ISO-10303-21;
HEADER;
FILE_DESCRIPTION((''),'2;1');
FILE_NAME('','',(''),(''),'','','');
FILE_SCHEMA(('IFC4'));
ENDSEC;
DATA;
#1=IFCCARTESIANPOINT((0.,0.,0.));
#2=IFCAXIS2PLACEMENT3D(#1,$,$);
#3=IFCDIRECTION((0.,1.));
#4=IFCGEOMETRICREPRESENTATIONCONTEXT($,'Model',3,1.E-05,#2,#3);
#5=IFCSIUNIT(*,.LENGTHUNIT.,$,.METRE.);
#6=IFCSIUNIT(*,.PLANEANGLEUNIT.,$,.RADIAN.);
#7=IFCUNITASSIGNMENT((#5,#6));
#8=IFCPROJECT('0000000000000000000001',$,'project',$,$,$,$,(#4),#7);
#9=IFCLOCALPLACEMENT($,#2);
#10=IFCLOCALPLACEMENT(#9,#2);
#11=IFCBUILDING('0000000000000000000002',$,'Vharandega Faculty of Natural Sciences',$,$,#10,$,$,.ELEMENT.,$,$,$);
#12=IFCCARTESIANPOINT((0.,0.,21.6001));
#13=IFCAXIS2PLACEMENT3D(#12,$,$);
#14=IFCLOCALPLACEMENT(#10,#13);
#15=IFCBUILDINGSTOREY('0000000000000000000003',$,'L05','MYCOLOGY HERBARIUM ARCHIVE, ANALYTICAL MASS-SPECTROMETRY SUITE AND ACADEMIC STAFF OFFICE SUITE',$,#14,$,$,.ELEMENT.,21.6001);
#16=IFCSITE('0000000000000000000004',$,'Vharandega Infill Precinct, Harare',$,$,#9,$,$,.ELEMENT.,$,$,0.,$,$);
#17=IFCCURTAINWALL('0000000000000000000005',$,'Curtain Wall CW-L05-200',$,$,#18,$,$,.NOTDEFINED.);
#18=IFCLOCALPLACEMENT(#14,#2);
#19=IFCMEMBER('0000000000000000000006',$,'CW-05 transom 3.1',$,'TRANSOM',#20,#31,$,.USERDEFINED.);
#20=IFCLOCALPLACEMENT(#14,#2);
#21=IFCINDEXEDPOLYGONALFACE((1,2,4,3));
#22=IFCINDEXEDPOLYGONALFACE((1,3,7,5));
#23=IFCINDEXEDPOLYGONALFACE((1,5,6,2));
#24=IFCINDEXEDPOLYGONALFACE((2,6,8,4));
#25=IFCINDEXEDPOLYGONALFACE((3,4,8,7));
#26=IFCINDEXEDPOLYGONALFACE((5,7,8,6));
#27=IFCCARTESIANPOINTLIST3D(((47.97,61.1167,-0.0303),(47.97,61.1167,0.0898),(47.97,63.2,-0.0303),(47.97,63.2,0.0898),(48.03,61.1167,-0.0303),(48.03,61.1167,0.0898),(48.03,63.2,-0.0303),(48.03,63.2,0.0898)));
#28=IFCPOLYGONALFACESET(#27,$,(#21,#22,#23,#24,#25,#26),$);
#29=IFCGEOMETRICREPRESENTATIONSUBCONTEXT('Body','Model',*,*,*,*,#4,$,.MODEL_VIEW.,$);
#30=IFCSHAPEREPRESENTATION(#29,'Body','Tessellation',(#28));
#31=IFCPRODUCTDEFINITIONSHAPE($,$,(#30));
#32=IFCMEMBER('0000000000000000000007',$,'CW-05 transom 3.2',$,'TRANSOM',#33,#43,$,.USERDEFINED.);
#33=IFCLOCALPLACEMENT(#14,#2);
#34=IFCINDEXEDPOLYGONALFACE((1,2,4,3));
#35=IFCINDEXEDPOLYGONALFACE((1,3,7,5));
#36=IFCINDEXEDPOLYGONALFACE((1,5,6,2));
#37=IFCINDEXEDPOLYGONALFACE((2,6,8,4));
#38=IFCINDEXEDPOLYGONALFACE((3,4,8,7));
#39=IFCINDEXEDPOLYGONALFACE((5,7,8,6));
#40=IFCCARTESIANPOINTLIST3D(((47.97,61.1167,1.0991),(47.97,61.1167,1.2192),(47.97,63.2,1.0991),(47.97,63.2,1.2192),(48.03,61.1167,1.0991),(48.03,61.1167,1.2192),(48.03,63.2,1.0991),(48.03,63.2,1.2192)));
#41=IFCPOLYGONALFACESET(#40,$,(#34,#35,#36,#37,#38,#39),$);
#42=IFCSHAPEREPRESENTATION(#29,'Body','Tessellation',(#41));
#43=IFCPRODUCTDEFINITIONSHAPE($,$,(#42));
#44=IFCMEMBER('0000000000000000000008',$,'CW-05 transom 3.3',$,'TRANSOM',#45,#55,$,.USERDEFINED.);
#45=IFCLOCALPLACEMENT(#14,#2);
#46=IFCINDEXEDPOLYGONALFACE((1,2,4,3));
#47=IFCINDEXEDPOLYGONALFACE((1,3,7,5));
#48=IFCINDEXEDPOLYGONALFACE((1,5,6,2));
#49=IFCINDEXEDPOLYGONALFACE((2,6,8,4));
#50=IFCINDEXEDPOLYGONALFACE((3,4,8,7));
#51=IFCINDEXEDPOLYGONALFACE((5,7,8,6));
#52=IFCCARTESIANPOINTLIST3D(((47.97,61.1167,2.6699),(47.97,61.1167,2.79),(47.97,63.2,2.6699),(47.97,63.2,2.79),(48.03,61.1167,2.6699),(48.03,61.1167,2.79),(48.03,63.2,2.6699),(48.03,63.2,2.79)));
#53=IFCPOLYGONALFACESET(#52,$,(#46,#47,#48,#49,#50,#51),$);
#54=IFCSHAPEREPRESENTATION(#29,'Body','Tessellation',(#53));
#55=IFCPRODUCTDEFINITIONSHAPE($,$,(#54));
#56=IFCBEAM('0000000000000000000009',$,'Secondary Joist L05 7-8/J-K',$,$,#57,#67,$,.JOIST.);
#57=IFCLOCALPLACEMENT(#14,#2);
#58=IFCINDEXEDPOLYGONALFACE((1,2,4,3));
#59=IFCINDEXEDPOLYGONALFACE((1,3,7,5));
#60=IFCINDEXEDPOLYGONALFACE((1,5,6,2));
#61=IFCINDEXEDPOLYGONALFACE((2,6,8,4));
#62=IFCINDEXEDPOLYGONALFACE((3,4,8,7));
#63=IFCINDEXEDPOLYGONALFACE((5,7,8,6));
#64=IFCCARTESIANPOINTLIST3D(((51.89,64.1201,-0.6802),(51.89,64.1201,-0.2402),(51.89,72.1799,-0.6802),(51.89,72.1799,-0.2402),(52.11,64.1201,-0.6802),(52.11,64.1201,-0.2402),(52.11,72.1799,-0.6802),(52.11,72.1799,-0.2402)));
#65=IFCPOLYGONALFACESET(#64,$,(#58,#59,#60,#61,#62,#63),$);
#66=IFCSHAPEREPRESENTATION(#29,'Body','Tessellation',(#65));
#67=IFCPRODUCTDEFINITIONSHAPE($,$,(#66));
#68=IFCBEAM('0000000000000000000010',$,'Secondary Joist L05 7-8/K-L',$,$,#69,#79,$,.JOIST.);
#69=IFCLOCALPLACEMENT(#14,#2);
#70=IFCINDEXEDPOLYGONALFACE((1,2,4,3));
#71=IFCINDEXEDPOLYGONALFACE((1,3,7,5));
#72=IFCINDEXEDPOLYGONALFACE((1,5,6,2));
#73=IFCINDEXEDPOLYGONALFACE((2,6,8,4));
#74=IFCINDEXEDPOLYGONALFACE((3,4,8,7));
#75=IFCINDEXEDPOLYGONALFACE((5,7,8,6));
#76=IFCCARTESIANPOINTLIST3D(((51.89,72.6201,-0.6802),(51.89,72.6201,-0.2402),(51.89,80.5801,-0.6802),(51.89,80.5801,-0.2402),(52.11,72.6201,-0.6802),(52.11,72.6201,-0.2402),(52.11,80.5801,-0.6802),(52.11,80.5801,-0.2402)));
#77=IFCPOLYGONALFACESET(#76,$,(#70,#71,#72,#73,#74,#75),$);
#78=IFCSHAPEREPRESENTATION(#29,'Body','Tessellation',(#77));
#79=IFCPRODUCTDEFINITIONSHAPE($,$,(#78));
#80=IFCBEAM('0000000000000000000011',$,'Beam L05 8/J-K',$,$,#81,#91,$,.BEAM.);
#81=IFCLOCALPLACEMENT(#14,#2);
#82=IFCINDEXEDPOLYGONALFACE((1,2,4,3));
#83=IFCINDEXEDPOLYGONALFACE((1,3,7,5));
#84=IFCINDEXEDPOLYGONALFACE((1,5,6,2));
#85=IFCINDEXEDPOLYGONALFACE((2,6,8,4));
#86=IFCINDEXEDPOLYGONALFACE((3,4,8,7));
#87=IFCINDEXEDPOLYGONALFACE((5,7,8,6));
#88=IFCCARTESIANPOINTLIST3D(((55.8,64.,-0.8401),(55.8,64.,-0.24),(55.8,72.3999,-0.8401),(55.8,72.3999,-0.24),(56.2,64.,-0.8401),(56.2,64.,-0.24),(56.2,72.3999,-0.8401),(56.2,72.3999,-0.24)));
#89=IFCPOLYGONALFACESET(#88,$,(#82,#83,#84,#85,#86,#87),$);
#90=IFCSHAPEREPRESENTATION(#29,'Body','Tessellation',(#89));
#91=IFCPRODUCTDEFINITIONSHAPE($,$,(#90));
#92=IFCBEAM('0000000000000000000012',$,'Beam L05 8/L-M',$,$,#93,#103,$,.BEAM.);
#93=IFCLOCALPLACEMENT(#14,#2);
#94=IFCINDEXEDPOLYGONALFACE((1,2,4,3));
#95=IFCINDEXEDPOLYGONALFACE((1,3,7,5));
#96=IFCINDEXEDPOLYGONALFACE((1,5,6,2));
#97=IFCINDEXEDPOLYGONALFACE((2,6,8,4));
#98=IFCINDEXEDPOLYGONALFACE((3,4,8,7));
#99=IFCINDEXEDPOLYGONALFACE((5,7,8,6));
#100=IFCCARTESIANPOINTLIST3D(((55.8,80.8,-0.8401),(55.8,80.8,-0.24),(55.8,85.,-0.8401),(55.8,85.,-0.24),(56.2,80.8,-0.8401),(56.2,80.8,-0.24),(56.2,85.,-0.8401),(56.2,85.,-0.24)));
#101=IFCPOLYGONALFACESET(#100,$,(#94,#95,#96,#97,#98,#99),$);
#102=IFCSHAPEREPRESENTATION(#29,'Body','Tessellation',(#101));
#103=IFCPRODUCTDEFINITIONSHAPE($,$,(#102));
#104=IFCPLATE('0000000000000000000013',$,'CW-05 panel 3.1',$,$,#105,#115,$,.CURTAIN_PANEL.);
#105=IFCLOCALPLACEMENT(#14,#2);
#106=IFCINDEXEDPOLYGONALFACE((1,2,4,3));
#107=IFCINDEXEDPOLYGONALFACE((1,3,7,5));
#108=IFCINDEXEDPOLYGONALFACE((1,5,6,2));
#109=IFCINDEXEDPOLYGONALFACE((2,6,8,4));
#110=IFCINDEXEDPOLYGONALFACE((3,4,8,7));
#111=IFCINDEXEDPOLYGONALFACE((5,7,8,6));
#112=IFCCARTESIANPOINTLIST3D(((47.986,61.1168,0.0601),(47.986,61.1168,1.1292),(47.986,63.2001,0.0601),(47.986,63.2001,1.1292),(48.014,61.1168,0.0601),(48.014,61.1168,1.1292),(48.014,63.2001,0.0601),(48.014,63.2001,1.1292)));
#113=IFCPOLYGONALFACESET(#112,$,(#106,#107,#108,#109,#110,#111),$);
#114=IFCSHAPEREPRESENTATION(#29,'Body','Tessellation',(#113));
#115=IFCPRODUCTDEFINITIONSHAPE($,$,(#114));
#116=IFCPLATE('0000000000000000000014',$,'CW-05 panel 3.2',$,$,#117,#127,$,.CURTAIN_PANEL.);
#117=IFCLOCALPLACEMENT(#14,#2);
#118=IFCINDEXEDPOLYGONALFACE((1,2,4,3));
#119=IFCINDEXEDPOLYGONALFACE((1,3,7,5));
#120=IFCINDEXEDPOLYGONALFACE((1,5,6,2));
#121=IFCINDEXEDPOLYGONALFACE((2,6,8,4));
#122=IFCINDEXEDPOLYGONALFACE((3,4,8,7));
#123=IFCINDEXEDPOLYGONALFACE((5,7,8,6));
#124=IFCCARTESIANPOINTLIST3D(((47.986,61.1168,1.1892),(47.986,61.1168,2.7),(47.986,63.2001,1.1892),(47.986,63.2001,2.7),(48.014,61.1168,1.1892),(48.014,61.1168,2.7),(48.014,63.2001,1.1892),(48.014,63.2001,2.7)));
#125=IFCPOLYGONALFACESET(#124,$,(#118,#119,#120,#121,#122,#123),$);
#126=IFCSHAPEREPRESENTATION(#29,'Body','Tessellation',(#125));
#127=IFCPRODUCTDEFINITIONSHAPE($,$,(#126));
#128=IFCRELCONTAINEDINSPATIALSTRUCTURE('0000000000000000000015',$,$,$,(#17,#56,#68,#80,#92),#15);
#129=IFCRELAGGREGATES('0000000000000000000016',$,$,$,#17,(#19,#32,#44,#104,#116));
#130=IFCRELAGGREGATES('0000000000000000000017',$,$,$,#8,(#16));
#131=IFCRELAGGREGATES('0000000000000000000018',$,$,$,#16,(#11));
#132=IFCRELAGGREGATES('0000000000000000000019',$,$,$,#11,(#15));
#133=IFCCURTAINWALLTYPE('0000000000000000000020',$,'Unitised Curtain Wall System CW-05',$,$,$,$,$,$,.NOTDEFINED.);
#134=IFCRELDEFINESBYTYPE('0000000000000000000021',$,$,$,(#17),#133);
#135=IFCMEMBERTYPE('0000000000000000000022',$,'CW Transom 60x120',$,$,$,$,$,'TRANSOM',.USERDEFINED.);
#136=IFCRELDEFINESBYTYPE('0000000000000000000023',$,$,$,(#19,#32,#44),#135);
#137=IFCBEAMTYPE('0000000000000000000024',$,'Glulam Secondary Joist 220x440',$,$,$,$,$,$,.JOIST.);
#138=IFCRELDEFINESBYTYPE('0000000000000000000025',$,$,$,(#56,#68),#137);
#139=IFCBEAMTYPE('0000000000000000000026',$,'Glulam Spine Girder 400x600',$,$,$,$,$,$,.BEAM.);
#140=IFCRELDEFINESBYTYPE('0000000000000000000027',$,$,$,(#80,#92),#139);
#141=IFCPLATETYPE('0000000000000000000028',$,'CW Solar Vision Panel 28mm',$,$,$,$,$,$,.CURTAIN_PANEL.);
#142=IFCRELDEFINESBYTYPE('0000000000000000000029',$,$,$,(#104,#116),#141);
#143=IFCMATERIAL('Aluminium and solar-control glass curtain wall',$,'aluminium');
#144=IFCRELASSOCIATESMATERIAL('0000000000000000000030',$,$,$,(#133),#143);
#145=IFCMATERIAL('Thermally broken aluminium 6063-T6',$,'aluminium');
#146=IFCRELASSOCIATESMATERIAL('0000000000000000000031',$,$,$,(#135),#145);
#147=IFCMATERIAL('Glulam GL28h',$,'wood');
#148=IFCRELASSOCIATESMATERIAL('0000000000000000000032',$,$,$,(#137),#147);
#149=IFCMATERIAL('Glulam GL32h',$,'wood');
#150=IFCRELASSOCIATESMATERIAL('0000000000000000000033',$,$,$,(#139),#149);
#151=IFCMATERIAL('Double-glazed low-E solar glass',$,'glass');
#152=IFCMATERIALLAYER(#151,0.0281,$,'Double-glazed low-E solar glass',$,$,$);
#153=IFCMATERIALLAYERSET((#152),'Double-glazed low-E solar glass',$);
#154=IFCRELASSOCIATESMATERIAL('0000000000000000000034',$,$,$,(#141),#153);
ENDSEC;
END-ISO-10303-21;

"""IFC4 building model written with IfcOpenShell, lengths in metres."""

from ifc_helpers import new_model, si_unit, direction, frame, origin, origin_2d, place, context, subcontext, project, spatial, rectangle, extrude, material, layer, layer_set, material_profile, profile_set, type_object, element, aggregate, save


model = new_model("IFC4")

# Units and contexts
model_context = context("Model", 3, precision=1e-05, world=origin(), true_north=direction((0.0, 1.0)))
body_context = subcontext(model_context, "Body", "Model", "MODEL_VIEW")
ifc_project = project(units=[si_unit("LENGTHUNIT", "METRE"), si_unit("PLANEANGLEUNIT", "RADIAN")], contexts=[model_context])

# Site, building, storey
site_placement = place(None, origin())
site = spatial("IfcSite", under=ifc_project, at=site_placement, Name="Vharandega Infill Precinct, Harare", CompositionType="ELEMENT", RefElevation=0.0)
building_placement = place(site_placement, origin())
building = spatial("IfcBuilding", under=site, at=building_placement, Name="Vharandega Faculty of Natural Sciences", CompositionType="ELEMENT")
storey_placement = place(building_placement, frame((0.0, 0.0, 21.6001)))
storey = spatial("IfcBuildingStorey", under=building, at=storey_placement, Name="L05", Description="MYCOLOGY HERBARIUM ARCHIVE, ANALYTICAL MASS-SPECTROMETRY SUITE AND ACADEMIC STAFF OFFICE SUITE", CompositionType="ELEMENT", Elevation=21.6001)

# Curtain wall, members
ifc_material_1 = material(Name="Aluminium and solar-control glass curtain wall", Category="aluminium")
curtain_wall_type = type_object("IfcCurtainWallType", Name="Unitised Curtain Wall System CW-05", PredefinedType="NOTDEFINED", material=ifc_material_1)
curtain_wall_placement = place(storey_placement, origin())
curtain_wall = element("IfcCurtainWall", 1, at=curtain_wall_placement, inside=storey, type_object=curtain_wall_type, Name="Curtain Wall CW-L05-200", PredefinedType="NOTDEFINED")
ifc_material_2 = material(Name="Thermally broken aluminium 6063-T6", Category="aluminium")
ifc_material_profile_1 = material_profile(ifc_material_2, rectangle(XDim=0.0601, YDim=0.1201, at=origin_2d()), Name="ALU 60x120")
ifc_profile_set_1 = profile_set([ifc_material_profile_1], Name="Thermally broken aluminium 6063-T6")
member_type = type_object("IfcMemberType", Name="CW Transom 60x120", ElementType="TRANSOM", PredefinedType="USERDEFINED", material=ifc_profile_set_1)
member_1_placement = place(storey_placement, frame((48.0, 61.1167, 0.0298), z_axis=(0.0, 1.0, 0.0), x_axis=(-1.0, 0.0, 0.0)))
member_1 = element("IfcMember", 2, at=member_1_placement, type_object=member_type, Name="CW-05 transom 3.1", ObjectType="TRANSOM", PredefinedType="USERDEFINED", context=body_context, shape_type="SweptSolid", body=[
    extrude(rectangle(XDim=0.0601, YDim=0.1201, at=origin_2d()), origin(), (0.0, 0.0, 1.0), 2.0833),
])
member_2_placement = place(storey_placement, frame((48.0, 61.1167, 1.1592), z_axis=(0.0, 1.0, 0.0), x_axis=(-1.0, 0.0, 0.0)))
member_2 = element("IfcMember", 3, at=member_2_placement, type_object=member_type, Name="CW-05 transom 3.2", ObjectType="TRANSOM", PredefinedType="USERDEFINED", context=body_context, shape_type="SweptSolid", body=[
    extrude(rectangle(XDim=0.0601, YDim=0.1201, at=origin_2d()), origin(), (0.0, 0.0, 1.0), 2.0833),
])
member_3_placement = place(storey_placement, frame((48.0, 61.1167, 2.73), z_axis=(0.0, 1.0, 0.0), x_axis=(-1.0, 0.0, 0.0)))
member_3 = element("IfcMember", 4, at=member_3_placement, type_object=member_type, Name="CW-05 transom 3.3", ObjectType="TRANSOM", PredefinedType="USERDEFINED", context=body_context, shape_type="SweptSolid", body=[
    extrude(rectangle(XDim=0.0601, YDim=0.1201, at=origin_2d()), origin(), (0.0, 0.0, 1.0), 2.0833),
])

# Beams
ifc_material_3 = material(Name="Glulam GL28h", Category="wood")
ifc_material_profile_2 = material_profile(ifc_material_3, rectangle(XDim=0.22, YDim=0.4399, at=origin_2d()), Name="GL28h 220x440")
ifc_profile_set_2 = profile_set([ifc_material_profile_2], Name="Glulam GL28h")
beam_type_1 = type_object("IfcBeamType", Name="Glulam Secondary Joist 220x440", PredefinedType="JOIST", material=ifc_profile_set_2)
beam_1_placement = place(storey_placement, frame((52.0, 64.1201, -0.4602), z_axis=(0.0, 1.0, 0.0), x_axis=(-1.0, 0.0, 0.0)))
element("IfcBeam", 5, at=beam_1_placement, inside=storey, type_object=beam_type_1, Name="Secondary Joist L05 7-8/J-K", PredefinedType="JOIST", context=body_context, shape_type="SweptSolid", body=[
    extrude(rectangle(XDim=0.22, YDim=0.4399, at=origin_2d()), origin(), (0.0, 0.0, 1.0), 8.0598),
])
beam_2_placement = place(storey_placement, frame((52.0, 72.6201, -0.4602), z_axis=(0.0, 1.0, 0.0), x_axis=(-1.0, 0.0, 0.0)))
element("IfcBeam", 6, at=beam_2_placement, inside=storey, type_object=beam_type_1, Name="Secondary Joist L05 7-8/K-L", PredefinedType="JOIST", context=body_context, shape_type="SweptSolid", body=[
    extrude(rectangle(XDim=0.22, YDim=0.4399, at=origin_2d()), origin(), (0.0, 0.0, 1.0), 7.96),
])
ifc_material_4 = material(Name="Glulam GL32h", Category="wood")
ifc_material_profile_3 = material_profile(ifc_material_4, rectangle(XDim=0.3999, YDim=0.6001, at=origin_2d()), Name="GL32h 400x600")
ifc_profile_set_3 = profile_set([ifc_material_profile_3], Name="Glulam GL32h")
beam_type_2 = type_object("IfcBeamType", Name="Glulam Spine Girder 400x600", PredefinedType="BEAM", material=ifc_profile_set_3)
beam_3_placement = place(storey_placement, frame((56.0, 64.0, -0.54), z_axis=(0.0, 1.0, 0.0), x_axis=(-1.0, 0.0, 0.0)))
element("IfcBeam", 7, at=beam_3_placement, inside=storey, type_object=beam_type_2, Name="Beam L05 8/J-K", PredefinedType="BEAM", context=body_context, shape_type="SweptSolid", body=[
    extrude(rectangle(XDim=0.3999, YDim=0.6001, at=origin_2d()), origin(), (0.0, 0.0, 1.0), 8.3999),
])
beam_4_placement = place(storey_placement, frame((56.0, 80.8, -0.54), z_axis=(0.0, 1.0, 0.0), x_axis=(-1.0, 0.0, 0.0)))
element("IfcBeam", 8, at=beam_4_placement, inside=storey, type_object=beam_type_2, Name="Beam L05 8/L-M", PredefinedType="BEAM", context=body_context, shape_type="SweptSolid", body=[
    extrude(rectangle(XDim=0.3999, YDim=0.6001, at=origin_2d()), origin(), (0.0, 0.0, 1.0), 4.2),
])

# Plates
ifc_material_5 = material(Name="Double-glazed low-E solar glass", Category="glass")
ifc_layer = layer(ifc_material_5, 0.0281, Name="Double-glazed low-E solar glass")
ifc_layer_set = layer_set([ifc_layer], Name="Double-glazed low-E solar glass")
plate_type = type_object("IfcPlateType", Name="CW Solar Vision Panel 28mm", PredefinedType="CURTAIN_PANEL", material=ifc_layer_set)
plate_1_placement = place(storey_placement, frame((48.0, 62.1584, 0.0601), z_axis=(0.0, 0.0, 1.0), x_axis=(0.0, 1.0, 0.0)))
plate_1 = element("IfcPlate", 9, at=plate_1_placement, type_object=plate_type, Name="CW-05 panel 3.1", PredefinedType="CURTAIN_PANEL", context=body_context, shape_type="SweptSolid", body=[
    extrude(rectangle(XDim=2.0833, YDim=0.0281, at=origin_2d()), origin(), (0.0, 0.0, 1.0), 1.0691),
])
plate_2_placement = place(storey_placement, frame((48.0, 62.1584, 1.1892), z_axis=(0.0, 0.0, 1.0), x_axis=(0.0, 1.0, 0.0)))
plate_2 = element("IfcPlate", 10, at=plate_2_placement, type_object=plate_type, Name="CW-05 panel 3.2", PredefinedType="CURTAIN_PANEL", context=body_context, shape_type="SweptSolid", body=[
    extrude(rectangle(XDim=2.0833, YDim=0.0281, at=origin_2d()), origin(), (0.0, 0.0, 1.0), 1.5107),
])
aggregate(curtain_wall, [member_1, member_2, member_3, plate_1, plate_2])

save(model, "model.ifc")
